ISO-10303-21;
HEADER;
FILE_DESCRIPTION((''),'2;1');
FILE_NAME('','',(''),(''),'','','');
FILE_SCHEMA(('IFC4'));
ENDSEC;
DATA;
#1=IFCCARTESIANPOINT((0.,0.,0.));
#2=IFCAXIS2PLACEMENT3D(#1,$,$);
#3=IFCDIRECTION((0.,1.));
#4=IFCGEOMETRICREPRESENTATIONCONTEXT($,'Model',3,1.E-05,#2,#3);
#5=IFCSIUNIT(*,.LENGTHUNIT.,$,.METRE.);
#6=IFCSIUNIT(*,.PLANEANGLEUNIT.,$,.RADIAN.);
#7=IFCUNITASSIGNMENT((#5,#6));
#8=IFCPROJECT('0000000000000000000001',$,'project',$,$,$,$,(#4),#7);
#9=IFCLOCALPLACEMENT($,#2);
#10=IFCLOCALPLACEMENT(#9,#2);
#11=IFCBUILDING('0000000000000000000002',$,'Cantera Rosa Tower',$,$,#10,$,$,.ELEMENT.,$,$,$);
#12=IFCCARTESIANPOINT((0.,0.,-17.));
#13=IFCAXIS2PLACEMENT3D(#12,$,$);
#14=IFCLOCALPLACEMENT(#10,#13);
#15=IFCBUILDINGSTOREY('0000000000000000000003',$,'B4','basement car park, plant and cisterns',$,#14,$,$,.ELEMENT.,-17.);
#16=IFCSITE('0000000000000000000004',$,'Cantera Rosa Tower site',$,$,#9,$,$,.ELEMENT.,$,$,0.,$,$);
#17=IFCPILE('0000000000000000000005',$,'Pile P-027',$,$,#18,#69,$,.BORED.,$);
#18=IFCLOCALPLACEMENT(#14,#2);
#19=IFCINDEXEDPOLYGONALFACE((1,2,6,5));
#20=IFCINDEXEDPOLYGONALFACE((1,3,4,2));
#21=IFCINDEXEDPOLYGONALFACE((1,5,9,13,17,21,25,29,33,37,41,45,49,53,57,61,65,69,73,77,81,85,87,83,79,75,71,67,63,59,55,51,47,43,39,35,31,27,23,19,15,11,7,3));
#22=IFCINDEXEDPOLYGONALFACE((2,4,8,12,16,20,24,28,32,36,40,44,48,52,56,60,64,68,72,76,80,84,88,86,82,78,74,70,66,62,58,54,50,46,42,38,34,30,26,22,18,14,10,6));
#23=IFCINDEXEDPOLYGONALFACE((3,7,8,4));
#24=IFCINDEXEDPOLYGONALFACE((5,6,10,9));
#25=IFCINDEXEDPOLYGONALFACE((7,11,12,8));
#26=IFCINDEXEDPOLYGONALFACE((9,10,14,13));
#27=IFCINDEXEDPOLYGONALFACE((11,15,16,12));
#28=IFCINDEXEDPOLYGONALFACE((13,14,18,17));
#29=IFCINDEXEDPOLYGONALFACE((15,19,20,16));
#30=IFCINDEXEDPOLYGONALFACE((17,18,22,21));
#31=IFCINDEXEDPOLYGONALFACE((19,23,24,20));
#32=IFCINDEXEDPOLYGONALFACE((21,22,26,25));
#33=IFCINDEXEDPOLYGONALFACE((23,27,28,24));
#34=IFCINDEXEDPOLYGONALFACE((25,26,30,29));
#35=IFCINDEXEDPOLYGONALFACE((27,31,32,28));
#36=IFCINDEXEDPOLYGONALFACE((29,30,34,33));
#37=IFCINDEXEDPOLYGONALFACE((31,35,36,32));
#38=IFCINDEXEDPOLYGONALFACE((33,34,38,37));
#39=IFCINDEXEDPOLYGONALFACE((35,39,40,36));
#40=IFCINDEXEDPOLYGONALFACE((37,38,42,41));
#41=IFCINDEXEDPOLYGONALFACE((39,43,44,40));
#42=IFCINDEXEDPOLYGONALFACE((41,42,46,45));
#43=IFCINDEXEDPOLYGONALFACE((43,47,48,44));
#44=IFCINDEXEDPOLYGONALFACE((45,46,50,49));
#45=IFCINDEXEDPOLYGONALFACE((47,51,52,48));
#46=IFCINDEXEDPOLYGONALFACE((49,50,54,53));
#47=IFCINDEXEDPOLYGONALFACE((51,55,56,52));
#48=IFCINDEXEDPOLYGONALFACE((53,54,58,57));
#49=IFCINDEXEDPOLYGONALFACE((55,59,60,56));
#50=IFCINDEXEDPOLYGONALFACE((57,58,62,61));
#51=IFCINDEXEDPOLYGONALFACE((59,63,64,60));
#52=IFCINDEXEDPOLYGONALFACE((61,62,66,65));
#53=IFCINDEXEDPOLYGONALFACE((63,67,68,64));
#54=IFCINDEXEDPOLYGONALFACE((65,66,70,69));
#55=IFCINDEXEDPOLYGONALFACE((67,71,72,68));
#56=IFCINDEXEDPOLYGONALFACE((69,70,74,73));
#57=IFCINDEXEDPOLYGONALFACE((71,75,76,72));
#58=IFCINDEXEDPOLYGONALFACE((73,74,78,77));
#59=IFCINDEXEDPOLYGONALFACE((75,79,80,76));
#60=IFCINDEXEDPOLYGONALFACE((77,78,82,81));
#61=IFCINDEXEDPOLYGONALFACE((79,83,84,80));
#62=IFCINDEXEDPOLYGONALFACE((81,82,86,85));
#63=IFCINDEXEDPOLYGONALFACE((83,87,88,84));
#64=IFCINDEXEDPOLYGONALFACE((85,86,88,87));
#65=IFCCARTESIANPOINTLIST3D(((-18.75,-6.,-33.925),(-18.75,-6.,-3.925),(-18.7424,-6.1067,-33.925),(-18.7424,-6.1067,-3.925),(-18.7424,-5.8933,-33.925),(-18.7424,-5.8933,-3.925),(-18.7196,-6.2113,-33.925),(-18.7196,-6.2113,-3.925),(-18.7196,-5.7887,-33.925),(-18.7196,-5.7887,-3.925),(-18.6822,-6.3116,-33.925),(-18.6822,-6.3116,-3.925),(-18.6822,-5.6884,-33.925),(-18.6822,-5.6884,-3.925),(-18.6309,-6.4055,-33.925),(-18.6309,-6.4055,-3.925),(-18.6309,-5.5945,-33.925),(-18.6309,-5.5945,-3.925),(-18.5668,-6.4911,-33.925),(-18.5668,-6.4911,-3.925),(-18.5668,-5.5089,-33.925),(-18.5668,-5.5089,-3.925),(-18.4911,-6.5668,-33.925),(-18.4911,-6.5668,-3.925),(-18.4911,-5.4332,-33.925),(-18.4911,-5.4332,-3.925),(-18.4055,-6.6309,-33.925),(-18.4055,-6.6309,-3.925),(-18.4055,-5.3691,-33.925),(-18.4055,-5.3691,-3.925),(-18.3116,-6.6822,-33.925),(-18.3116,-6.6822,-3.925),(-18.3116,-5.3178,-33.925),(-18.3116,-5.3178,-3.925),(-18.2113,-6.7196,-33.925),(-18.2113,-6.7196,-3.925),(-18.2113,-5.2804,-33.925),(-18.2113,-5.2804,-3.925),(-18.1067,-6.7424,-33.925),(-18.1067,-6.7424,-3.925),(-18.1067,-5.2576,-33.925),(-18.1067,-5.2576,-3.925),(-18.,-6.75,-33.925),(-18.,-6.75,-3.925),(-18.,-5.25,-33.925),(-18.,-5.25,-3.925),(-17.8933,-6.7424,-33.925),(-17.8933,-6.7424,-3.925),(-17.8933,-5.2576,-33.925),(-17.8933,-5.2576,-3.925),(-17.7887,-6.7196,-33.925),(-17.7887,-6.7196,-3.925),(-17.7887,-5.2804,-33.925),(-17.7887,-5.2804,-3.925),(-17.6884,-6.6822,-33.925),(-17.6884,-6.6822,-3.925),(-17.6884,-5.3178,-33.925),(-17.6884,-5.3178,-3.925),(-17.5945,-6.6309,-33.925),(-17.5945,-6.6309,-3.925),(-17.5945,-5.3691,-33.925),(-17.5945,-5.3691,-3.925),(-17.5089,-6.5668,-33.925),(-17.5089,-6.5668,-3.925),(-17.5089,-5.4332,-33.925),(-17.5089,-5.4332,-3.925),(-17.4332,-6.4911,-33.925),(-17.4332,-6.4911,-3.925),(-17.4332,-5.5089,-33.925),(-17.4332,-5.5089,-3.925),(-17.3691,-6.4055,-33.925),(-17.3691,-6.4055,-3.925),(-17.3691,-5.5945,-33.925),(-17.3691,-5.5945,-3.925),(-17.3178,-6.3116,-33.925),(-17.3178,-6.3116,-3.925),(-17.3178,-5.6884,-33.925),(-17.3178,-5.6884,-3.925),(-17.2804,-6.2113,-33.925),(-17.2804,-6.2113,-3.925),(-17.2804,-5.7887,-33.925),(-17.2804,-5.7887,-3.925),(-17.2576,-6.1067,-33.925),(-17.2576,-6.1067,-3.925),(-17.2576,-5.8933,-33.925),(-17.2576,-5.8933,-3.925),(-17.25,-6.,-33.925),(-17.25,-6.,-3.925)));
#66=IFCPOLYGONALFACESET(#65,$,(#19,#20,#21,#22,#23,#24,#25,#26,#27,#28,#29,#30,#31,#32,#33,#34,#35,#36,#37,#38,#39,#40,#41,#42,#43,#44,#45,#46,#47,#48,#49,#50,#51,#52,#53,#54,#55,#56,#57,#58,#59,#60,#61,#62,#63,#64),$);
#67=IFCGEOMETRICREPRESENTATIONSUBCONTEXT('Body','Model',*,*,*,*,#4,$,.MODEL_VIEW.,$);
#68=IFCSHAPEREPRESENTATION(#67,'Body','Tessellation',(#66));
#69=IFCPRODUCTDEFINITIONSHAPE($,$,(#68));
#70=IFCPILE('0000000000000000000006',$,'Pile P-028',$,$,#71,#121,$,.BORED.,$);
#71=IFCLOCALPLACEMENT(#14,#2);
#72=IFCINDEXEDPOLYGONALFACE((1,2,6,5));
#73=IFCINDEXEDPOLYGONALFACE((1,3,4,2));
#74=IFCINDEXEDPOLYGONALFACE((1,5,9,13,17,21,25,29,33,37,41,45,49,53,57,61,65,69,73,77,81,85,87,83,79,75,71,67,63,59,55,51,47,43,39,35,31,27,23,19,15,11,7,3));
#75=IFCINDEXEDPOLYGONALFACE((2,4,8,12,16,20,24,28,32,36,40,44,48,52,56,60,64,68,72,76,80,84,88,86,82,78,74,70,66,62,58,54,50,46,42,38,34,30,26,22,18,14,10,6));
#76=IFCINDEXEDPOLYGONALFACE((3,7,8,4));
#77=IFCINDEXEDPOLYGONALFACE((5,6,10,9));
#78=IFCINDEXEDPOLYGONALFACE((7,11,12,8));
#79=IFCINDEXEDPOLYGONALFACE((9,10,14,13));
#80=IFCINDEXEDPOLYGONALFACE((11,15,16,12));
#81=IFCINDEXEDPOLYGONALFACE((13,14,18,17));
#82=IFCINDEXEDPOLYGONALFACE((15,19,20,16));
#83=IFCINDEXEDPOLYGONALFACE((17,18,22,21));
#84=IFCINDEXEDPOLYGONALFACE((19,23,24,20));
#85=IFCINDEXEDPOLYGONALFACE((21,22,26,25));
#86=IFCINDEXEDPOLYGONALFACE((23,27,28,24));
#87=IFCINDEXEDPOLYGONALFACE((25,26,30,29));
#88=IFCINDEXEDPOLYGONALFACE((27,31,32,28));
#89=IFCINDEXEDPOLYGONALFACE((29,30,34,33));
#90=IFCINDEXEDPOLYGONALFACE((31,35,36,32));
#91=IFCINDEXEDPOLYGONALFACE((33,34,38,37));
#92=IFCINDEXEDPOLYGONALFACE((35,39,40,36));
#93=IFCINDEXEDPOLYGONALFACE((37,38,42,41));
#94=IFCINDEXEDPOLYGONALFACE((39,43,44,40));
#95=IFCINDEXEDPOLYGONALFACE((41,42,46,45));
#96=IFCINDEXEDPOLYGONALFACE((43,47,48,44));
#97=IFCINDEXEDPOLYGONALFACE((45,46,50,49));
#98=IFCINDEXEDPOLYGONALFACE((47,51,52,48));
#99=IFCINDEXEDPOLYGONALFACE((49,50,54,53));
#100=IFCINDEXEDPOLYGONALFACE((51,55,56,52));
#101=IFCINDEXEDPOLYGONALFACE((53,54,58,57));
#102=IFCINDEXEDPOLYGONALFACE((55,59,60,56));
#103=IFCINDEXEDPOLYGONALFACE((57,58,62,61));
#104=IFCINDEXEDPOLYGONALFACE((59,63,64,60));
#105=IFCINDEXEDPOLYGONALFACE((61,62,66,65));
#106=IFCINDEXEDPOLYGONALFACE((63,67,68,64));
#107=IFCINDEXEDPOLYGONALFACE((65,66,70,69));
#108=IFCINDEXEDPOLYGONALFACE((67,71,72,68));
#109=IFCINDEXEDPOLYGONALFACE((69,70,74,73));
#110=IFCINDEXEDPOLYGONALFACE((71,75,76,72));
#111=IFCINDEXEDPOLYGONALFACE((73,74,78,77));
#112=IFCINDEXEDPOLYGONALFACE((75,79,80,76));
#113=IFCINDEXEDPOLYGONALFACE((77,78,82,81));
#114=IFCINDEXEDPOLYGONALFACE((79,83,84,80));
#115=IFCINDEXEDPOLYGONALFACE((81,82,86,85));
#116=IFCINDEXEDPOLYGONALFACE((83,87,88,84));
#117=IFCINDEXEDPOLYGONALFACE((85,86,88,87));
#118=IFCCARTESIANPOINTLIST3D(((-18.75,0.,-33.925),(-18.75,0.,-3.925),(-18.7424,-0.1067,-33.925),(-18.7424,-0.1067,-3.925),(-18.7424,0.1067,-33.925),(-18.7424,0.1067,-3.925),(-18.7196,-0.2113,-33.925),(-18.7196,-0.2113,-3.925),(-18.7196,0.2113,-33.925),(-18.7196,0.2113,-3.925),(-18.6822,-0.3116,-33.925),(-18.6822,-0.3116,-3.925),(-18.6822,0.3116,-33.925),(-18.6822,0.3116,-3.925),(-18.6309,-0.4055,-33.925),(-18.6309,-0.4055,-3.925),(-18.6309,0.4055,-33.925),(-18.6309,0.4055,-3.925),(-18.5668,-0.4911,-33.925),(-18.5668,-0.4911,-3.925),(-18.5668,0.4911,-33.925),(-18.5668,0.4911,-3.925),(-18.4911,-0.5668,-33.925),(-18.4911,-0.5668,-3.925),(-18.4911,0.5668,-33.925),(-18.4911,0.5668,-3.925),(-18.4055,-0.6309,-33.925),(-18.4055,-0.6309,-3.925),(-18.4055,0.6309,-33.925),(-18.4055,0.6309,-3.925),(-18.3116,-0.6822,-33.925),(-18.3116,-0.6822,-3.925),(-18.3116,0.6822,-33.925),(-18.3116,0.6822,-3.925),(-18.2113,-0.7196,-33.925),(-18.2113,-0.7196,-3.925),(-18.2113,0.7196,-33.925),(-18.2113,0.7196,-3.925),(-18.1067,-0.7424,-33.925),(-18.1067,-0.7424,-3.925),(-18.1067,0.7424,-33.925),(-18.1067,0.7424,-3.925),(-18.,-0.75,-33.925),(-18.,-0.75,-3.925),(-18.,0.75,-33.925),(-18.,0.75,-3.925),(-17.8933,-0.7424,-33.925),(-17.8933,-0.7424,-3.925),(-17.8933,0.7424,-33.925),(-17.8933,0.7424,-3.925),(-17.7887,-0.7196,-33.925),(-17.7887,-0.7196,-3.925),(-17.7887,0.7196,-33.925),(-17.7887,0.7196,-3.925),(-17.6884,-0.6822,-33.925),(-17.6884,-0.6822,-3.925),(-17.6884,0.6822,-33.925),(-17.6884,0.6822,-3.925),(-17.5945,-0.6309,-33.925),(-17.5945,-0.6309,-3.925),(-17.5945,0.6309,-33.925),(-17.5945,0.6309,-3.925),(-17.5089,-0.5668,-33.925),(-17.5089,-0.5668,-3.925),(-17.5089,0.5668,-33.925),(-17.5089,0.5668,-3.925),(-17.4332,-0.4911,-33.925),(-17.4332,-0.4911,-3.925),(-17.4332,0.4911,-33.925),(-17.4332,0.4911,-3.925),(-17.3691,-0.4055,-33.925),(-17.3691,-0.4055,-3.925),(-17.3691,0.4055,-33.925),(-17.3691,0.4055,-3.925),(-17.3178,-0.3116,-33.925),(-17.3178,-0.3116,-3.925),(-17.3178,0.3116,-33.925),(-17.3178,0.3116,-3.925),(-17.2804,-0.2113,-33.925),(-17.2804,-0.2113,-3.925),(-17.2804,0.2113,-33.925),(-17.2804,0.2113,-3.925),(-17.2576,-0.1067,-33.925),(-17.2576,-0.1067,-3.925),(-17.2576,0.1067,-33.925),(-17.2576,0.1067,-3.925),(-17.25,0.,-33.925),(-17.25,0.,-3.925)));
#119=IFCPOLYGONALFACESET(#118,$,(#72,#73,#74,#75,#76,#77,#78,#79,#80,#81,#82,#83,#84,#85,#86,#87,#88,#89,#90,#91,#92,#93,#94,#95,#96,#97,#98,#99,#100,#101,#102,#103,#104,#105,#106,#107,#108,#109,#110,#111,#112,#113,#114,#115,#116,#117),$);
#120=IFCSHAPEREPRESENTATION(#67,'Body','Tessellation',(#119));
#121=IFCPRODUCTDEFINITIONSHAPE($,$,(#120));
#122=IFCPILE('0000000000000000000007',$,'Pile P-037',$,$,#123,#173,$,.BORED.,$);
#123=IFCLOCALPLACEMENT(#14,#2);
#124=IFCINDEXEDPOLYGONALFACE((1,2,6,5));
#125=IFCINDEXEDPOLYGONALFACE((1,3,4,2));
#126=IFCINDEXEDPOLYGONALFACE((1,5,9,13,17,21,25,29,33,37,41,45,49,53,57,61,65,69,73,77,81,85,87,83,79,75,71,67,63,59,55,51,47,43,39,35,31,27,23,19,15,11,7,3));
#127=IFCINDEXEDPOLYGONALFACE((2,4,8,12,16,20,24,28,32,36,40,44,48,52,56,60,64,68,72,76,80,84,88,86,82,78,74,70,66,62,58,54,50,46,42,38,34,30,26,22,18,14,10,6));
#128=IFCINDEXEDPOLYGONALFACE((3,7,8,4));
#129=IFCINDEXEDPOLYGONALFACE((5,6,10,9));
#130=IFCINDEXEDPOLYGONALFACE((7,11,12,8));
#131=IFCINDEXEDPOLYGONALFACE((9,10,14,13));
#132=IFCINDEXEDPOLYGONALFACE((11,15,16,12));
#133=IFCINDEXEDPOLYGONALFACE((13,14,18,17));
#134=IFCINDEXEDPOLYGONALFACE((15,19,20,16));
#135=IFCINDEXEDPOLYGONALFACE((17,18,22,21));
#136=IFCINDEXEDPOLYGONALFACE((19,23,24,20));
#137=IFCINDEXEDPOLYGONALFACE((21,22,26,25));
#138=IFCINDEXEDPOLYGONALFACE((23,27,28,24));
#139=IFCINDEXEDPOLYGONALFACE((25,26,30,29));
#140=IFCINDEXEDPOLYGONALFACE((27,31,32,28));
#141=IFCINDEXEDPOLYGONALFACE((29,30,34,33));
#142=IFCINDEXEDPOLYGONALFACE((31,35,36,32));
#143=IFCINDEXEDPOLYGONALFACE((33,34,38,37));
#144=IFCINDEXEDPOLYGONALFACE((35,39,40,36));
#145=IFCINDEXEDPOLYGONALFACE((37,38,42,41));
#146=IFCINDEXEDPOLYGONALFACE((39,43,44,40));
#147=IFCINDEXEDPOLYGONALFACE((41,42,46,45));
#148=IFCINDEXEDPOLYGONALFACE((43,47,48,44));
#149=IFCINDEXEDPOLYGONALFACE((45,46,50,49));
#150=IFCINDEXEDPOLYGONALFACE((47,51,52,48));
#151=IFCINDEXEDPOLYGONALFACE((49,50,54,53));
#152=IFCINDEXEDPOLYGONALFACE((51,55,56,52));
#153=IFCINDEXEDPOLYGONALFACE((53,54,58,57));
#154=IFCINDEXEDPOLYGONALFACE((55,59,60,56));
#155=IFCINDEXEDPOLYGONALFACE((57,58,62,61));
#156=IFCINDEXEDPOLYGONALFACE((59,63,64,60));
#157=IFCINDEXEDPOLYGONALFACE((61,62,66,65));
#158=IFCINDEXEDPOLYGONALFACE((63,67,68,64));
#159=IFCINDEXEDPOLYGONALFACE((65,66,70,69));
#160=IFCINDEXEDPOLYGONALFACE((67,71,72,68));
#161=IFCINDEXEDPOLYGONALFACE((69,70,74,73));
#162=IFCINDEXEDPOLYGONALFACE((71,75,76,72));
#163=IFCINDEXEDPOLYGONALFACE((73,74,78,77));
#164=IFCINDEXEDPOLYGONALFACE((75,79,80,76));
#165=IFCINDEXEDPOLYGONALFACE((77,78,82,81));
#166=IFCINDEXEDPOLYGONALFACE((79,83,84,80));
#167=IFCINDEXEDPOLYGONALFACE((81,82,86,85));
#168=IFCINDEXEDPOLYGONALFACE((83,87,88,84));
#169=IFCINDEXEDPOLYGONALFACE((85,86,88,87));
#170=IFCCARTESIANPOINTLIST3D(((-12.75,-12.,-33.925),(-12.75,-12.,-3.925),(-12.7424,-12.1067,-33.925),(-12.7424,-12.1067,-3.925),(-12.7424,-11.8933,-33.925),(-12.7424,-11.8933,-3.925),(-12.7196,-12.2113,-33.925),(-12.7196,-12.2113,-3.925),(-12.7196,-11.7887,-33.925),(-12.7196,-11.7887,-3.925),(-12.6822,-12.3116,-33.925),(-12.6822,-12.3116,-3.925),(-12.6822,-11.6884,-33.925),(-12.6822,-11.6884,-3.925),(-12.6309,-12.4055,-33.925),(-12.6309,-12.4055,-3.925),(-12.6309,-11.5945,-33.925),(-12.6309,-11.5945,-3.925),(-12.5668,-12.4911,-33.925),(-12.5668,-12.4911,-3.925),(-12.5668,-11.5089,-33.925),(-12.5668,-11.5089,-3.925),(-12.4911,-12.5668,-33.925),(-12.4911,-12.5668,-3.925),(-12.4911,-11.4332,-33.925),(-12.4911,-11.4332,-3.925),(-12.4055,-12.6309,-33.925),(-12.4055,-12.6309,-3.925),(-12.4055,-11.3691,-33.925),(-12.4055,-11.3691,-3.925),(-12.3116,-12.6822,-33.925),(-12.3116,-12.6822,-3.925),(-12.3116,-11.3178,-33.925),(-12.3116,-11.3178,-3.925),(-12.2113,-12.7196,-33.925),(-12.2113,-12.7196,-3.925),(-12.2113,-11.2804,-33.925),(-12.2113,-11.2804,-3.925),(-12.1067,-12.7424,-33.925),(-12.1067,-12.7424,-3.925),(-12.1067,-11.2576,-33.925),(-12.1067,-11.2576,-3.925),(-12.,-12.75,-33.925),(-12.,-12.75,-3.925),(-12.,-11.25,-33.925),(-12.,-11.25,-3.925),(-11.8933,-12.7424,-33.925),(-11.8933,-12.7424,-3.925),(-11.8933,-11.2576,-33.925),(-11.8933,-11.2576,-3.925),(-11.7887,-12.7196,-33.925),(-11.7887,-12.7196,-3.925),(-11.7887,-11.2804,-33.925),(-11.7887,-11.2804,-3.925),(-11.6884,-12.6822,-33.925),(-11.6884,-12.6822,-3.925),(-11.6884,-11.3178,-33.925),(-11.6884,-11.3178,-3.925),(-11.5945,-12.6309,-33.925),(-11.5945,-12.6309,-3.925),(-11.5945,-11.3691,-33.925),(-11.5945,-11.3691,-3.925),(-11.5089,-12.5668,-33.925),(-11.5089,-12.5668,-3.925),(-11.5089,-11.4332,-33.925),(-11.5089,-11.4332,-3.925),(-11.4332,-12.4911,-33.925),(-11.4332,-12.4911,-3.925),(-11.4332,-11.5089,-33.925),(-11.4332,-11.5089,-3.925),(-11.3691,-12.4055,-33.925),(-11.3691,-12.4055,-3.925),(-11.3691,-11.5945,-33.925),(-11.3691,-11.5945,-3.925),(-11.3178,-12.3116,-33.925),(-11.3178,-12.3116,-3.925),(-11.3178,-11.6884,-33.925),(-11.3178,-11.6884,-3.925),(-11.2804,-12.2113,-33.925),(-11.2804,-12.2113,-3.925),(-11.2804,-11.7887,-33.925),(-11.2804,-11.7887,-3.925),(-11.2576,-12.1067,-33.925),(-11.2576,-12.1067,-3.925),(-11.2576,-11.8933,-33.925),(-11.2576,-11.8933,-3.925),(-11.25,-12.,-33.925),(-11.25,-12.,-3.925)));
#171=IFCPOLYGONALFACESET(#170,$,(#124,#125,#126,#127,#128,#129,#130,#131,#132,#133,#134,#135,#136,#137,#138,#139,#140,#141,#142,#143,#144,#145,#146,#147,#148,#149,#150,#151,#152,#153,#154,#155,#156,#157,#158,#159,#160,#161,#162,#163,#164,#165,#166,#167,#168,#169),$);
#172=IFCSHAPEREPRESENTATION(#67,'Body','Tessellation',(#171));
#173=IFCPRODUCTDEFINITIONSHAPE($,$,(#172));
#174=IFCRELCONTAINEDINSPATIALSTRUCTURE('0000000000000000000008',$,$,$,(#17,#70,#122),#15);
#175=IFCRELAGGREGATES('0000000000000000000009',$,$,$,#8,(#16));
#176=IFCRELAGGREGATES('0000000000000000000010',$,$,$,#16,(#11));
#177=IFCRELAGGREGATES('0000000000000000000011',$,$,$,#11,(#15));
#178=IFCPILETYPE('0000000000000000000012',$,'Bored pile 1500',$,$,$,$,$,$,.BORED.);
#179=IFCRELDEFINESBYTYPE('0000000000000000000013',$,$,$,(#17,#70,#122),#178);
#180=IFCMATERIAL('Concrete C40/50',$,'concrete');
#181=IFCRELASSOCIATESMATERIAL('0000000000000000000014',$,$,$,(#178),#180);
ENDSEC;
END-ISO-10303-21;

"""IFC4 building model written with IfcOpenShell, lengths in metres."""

from ifc_helpers import new_model, si_unit, direction, frame, origin, origin_2d, place, context, subcontext, project, spatial, circle, extrude, material, material_profile, profile_set, type_object, element, save


model = new_model("IFC4")

# Units and contexts
model_context = context("Model", 3, precision=1e-05, world=origin(), true_north=direction((0.0, 1.0)))
body_context = subcontext(model_context, "Body", "Model", "MODEL_VIEW")
ifc_project = project(units=[si_unit("LENGTHUNIT", "METRE"), si_unit("PLANEANGLEUNIT", "RADIAN")], contexts=[model_context])

# Site, building, storey
site_placement = place(None, origin())
site = spatial("IfcSite", under=ifc_project, at=site_placement, Name="Cantera Rosa Tower site", CompositionType="ELEMENT", RefElevation=0.0)
building_placement = place(site_placement, origin())
building = spatial("IfcBuilding", under=site, at=building_placement, Name="Cantera Rosa Tower", CompositionType="ELEMENT")
storey_placement = place(building_placement, frame((0.0, 0.0, -17.0)))
storey = spatial("IfcBuildingStorey", under=building, at=storey_placement, Name="B4", Description="basement car park, plant and cisterns", CompositionType="ELEMENT", Elevation=-17.0)

# Piles
ifc_material_1 = material(Name="Concrete C40/50", Category="concrete")
ifc_material_profile_1 = material_profile(ifc_material_1, circle(Radius=0.75, at=origin_2d()), Name="Bored pile 1500")
ifc_profile_set_1 = profile_set([ifc_material_profile_1], Name="Concrete C40/50")
pile_type = type_object("IfcPileType", Name="Bored pile 1500", PredefinedType="BORED", material=ifc_profile_set_1)
for number, where, z_axis, x_axis, name in (
    (1, (-18.0, -6.0, -3.925), (0.0, 0.0, -1.0), (1.0, 0.0, 0.0), "Pile P-027"),
    (2, (-18.0, 0.0, -3.925), (0.0, 0.0, -1.0), (1.0, 0.0, 0.0), "Pile P-028"),
    (3, (-12.0, -12.0, -3.925), (0.0, 0.0, -1.0), (1.0, 0.0, 0.0), "Pile P-037"),
):
    element("IfcPile", number, at=place(storey_placement, frame(where, z_axis=z_axis, x_axis=x_axis)), inside=storey, type_object=pile_type, Name=name, PredefinedType="BORED", context=body_context, shape_type="SweptSolid", body=[
        extrude(circle(Radius=0.75, at=origin_2d()), origin(), (0.0, 0.0, 1.0), 30.0),
    ])

save(model, "model.ifc")
